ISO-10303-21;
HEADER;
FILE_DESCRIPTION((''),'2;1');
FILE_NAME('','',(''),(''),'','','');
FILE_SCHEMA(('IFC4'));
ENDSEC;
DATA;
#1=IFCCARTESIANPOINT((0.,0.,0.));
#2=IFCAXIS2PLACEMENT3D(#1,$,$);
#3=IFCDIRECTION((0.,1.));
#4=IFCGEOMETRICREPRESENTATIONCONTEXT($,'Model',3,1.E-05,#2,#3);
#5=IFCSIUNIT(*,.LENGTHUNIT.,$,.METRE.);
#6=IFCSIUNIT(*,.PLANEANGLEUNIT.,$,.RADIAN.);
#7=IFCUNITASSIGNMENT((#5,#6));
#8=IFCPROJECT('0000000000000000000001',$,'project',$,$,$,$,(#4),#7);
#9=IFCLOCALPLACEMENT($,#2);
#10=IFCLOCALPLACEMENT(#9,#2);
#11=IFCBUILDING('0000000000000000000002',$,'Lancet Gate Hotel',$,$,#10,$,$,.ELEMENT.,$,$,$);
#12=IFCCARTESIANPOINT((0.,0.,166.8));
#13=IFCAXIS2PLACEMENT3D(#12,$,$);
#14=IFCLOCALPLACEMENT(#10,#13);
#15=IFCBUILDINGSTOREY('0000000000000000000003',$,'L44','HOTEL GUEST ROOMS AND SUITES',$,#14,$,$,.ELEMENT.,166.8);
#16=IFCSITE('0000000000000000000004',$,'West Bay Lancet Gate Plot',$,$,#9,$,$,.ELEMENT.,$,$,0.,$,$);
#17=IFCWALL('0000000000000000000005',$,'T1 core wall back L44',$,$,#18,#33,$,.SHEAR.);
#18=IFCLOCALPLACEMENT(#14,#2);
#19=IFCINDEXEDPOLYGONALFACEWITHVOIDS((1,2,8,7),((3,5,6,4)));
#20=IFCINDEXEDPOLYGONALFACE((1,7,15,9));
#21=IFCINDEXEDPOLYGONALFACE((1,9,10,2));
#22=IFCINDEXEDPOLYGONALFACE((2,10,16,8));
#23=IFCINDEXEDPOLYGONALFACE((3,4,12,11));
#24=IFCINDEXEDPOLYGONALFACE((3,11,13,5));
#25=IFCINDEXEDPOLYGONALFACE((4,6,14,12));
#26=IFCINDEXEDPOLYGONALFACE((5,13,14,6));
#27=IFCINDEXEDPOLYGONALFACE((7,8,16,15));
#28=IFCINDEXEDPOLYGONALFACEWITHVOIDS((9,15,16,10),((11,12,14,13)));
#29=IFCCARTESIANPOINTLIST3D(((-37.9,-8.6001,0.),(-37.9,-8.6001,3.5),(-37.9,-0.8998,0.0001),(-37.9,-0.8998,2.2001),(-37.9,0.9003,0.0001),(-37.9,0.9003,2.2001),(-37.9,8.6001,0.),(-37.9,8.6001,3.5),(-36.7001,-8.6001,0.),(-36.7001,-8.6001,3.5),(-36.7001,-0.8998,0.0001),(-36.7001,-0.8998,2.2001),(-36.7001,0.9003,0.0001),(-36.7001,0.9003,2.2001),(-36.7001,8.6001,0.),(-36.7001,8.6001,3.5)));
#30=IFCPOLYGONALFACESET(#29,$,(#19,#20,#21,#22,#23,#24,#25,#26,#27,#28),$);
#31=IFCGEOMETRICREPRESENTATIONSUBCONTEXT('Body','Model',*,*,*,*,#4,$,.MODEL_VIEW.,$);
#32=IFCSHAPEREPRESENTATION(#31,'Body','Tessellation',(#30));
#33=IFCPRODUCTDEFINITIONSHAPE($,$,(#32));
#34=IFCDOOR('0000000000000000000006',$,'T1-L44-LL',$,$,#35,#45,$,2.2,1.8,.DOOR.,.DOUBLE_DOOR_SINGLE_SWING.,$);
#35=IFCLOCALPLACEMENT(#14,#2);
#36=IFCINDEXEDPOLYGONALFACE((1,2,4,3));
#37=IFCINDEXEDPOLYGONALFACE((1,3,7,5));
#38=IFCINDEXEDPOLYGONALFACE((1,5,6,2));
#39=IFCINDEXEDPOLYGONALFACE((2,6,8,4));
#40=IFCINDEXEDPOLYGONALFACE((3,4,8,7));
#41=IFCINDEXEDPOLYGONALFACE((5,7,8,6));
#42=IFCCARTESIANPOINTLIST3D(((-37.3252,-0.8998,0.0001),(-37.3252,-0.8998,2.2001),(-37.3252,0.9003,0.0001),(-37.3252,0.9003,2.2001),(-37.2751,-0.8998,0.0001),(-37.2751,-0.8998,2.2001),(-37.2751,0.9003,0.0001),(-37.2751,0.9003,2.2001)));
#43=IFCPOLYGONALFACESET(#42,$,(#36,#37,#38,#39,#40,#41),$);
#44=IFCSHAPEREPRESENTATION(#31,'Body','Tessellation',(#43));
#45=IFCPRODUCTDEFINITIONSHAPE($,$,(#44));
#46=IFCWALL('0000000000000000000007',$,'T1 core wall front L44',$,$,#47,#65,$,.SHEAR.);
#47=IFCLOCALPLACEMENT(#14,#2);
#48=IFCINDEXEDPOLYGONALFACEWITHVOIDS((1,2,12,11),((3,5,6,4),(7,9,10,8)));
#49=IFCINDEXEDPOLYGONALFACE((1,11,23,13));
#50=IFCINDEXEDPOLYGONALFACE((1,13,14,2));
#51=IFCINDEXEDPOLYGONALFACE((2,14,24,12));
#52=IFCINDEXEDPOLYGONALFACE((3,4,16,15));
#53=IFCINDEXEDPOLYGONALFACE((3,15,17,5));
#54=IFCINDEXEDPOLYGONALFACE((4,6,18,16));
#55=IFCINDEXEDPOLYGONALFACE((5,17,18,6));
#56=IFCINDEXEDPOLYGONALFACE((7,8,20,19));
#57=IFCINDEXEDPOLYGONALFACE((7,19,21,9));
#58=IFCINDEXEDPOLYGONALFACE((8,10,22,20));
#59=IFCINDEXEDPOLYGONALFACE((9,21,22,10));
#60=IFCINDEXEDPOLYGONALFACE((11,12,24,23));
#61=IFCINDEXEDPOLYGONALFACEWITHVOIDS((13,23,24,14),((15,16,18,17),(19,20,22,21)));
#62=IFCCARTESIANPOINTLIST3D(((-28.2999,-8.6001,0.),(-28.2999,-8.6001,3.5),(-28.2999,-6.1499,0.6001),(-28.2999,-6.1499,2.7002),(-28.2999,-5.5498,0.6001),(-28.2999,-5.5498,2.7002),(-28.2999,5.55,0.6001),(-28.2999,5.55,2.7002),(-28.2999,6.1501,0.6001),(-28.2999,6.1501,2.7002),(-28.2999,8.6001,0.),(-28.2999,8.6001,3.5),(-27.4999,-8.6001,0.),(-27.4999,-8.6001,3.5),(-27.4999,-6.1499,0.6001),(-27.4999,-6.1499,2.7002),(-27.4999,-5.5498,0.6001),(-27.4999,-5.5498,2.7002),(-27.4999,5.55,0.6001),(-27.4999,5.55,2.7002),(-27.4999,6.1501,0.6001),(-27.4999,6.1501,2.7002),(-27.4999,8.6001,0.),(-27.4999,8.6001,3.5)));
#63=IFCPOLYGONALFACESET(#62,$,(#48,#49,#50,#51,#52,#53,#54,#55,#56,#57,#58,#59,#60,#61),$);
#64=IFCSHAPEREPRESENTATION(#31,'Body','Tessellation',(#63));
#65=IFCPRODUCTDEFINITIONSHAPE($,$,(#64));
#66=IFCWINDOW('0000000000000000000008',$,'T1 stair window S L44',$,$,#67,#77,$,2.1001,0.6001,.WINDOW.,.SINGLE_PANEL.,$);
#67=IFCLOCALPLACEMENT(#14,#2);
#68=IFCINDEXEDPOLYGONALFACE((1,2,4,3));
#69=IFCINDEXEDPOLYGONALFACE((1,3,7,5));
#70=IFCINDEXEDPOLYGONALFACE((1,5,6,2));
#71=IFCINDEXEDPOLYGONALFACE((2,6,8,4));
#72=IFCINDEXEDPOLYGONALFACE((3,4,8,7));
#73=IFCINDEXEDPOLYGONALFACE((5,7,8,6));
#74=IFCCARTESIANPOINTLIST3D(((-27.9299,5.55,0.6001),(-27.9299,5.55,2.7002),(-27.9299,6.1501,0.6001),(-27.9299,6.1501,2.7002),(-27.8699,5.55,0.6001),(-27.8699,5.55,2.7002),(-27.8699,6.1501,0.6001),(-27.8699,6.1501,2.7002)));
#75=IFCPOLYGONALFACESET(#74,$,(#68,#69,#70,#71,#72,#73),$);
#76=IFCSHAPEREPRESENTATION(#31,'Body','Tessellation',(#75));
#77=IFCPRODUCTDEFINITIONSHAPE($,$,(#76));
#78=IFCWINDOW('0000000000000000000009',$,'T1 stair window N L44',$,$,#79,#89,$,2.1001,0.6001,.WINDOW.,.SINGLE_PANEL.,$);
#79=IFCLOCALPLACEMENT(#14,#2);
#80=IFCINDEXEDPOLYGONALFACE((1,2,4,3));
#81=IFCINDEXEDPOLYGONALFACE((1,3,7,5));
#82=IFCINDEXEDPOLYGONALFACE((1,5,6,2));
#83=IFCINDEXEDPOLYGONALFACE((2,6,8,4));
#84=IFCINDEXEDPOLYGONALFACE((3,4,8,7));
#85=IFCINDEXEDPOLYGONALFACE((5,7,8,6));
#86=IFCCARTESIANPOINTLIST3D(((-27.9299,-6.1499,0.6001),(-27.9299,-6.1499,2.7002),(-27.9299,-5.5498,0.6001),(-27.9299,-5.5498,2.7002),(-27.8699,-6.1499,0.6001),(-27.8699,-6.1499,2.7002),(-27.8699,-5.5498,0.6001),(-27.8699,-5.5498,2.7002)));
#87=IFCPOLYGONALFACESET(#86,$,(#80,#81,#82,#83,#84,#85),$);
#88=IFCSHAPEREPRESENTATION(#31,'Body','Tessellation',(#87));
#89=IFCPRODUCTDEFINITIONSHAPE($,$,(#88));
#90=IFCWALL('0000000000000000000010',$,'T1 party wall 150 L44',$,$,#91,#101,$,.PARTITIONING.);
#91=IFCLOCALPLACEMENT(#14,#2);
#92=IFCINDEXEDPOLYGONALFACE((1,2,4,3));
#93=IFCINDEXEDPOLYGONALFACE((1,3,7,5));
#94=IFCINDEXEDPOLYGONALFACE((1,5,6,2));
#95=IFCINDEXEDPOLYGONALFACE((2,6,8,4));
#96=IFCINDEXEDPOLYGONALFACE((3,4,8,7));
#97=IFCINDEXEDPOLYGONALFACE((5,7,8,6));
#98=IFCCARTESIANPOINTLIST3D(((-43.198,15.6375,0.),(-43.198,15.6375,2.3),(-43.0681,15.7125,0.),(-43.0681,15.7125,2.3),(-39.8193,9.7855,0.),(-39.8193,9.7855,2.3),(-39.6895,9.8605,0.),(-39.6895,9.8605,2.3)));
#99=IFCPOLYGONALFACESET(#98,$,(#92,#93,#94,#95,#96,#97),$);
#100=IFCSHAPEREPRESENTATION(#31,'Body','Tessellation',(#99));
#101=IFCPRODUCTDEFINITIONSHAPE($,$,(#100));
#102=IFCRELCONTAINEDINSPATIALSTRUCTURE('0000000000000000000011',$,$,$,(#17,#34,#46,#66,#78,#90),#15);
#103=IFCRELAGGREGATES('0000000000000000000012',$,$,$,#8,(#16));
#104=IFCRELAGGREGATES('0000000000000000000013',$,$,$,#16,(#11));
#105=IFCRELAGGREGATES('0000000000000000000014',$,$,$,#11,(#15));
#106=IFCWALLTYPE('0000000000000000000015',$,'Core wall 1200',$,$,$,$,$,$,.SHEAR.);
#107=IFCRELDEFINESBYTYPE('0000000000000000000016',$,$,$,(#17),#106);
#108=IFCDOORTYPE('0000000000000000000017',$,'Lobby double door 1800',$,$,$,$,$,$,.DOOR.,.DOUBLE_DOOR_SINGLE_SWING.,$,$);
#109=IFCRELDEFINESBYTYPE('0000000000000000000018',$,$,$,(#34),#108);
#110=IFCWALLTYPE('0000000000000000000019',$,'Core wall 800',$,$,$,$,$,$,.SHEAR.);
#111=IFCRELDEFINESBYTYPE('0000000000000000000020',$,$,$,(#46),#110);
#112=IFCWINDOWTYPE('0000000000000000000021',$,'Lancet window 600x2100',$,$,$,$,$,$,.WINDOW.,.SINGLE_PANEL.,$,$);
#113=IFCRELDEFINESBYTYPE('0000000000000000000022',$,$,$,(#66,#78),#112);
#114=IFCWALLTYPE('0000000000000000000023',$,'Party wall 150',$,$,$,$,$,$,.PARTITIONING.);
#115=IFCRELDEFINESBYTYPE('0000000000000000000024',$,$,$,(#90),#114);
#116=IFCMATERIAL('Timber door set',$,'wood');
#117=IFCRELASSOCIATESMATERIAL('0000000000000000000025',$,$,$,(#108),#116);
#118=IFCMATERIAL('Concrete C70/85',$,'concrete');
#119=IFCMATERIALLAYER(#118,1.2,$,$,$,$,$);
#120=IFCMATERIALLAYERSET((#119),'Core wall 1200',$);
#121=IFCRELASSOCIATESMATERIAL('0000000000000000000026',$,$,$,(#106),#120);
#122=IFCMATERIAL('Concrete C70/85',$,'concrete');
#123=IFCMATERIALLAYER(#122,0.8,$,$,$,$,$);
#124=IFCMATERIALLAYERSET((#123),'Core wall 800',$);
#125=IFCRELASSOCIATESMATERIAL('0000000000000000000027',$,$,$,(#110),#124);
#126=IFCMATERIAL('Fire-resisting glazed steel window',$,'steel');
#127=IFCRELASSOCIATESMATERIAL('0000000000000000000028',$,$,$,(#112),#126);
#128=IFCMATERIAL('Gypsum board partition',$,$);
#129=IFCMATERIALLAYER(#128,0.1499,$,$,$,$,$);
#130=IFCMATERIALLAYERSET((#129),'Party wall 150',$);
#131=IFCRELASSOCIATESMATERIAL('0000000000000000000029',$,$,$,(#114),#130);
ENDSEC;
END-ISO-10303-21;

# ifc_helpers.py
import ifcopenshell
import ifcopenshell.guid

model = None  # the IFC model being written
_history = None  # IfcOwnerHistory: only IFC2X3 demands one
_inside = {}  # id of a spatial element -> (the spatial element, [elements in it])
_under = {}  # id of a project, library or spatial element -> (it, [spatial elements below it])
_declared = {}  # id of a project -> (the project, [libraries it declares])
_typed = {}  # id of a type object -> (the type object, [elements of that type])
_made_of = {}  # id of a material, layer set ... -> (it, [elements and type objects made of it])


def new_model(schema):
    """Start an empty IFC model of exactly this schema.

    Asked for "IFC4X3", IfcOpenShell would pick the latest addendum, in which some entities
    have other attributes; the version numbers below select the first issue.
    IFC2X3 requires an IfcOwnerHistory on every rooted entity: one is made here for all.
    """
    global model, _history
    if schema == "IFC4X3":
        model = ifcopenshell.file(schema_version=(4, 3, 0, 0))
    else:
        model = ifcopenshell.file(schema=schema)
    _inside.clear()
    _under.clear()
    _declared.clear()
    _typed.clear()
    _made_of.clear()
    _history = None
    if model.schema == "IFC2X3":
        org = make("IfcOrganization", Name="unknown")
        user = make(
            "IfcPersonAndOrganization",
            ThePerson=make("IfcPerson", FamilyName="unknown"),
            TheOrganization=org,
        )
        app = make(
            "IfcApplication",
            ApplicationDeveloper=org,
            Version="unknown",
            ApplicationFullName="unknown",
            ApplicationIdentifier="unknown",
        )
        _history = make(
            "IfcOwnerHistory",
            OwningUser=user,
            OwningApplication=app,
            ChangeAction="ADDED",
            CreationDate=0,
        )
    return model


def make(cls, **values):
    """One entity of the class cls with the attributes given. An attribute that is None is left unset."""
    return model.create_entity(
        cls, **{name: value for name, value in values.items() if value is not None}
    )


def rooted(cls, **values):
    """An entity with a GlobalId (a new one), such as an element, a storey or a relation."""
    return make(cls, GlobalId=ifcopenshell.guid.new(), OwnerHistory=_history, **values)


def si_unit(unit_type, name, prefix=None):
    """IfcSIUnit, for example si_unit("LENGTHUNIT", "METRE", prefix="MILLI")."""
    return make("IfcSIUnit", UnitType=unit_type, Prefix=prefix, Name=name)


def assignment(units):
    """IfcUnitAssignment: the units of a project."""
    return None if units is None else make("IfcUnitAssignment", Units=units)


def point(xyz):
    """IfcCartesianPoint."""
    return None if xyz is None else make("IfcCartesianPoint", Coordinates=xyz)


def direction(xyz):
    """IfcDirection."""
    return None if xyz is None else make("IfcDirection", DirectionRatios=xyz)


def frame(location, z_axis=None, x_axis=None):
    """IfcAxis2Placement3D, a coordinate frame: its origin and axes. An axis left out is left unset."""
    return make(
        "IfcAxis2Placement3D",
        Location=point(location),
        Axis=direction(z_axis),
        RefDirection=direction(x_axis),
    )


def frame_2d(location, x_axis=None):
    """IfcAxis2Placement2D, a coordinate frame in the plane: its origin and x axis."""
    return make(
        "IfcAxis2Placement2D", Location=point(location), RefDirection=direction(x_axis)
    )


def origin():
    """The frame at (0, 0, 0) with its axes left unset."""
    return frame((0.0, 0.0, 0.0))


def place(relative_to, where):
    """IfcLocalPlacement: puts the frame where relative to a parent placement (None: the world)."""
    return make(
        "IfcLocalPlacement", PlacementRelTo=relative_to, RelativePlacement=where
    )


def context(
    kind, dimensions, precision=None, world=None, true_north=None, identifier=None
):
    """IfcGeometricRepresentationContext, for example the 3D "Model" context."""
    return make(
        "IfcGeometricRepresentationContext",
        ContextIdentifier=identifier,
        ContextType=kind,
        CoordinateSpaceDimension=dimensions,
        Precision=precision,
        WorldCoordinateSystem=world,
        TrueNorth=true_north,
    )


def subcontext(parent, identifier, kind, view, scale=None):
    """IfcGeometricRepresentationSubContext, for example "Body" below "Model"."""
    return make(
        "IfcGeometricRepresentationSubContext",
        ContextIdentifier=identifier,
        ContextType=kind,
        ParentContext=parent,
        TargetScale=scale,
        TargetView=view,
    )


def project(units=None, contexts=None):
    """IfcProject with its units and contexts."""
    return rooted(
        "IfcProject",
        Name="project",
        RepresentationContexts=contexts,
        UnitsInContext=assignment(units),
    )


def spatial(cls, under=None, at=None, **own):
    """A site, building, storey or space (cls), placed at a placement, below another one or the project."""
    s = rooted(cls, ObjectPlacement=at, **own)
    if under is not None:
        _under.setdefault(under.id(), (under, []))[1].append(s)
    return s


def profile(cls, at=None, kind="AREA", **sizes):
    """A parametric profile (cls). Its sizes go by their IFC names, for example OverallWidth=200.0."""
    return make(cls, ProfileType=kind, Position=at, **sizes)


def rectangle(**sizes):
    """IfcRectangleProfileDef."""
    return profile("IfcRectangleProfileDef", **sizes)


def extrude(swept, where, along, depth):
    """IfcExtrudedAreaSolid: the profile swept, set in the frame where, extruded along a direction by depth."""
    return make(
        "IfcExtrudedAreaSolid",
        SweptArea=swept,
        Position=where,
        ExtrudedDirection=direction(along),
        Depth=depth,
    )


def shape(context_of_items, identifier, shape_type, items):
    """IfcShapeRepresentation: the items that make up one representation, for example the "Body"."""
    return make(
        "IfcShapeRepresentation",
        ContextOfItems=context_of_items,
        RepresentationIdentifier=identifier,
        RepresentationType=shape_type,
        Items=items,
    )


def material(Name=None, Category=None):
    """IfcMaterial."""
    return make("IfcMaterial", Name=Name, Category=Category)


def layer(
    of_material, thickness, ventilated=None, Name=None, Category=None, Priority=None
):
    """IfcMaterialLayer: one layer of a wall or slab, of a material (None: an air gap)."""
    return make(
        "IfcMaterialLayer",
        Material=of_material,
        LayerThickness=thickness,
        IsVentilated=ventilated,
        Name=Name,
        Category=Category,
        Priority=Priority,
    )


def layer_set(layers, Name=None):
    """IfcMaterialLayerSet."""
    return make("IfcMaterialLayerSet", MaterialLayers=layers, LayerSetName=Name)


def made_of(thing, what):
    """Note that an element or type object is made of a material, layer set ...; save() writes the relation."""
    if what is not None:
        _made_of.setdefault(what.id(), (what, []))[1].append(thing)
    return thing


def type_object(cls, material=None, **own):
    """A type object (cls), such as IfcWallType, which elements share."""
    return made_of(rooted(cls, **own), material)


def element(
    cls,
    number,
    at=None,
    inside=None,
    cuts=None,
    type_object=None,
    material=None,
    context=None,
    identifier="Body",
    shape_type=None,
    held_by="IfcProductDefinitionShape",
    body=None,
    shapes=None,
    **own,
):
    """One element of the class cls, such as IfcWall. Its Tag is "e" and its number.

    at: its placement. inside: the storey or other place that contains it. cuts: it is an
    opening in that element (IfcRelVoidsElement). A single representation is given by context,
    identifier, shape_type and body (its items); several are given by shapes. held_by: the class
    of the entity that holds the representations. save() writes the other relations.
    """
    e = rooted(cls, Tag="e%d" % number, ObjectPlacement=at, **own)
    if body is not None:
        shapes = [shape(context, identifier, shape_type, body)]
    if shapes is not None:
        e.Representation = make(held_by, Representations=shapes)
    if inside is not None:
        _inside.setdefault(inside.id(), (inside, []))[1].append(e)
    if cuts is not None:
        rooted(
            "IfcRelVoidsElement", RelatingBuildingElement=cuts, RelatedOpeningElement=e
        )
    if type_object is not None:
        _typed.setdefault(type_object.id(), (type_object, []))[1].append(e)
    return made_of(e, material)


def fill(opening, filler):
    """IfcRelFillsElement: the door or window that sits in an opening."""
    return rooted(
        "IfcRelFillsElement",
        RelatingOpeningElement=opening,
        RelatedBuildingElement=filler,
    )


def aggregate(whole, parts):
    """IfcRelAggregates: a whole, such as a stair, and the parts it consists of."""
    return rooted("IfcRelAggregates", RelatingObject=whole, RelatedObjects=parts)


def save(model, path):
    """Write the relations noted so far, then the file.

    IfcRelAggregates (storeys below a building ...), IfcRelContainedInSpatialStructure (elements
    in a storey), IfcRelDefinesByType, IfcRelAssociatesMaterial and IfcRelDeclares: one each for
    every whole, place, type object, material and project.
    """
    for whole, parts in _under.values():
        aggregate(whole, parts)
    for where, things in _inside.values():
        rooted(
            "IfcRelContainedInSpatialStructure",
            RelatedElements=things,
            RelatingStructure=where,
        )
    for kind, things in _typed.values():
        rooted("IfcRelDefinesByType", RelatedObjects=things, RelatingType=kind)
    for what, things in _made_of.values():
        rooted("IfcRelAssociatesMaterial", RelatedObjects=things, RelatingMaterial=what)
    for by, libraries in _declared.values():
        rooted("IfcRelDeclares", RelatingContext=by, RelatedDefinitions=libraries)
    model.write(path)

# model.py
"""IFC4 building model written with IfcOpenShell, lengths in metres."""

from ifc_helpers import new_model, si_unit, direction, frame, frame_2d, origin, place, context, subcontext, project, spatial, rectangle, extrude, material, layer, layer_set, type_object, element, fill, save


model = new_model("IFC4")

# Units and contexts
model_context = context("Model", 3, precision=1e-05, world=origin(), true_north=direction((0.0, 1.0)))
body_context = subcontext(model_context, "Body", "Model", "MODEL_VIEW")
ifc_project = project(units=[si_unit("LENGTHUNIT", "METRE"), si_unit("PLANEANGLEUNIT", "RADIAN")], contexts=[model_context])

# Site, building, storey
site_placement = place(None, origin())
site = spatial("IfcSite", under=ifc_project, at=site_placement, Name="West Bay Lancet Gate Plot", CompositionType="ELEMENT", RefElevation=0.0)
building_placement = place(site_placement, origin())
building = spatial("IfcBuilding", under=site, at=building_placement, Name="Lancet Gate Hotel", CompositionType="ELEMENT")
storey_placement = place(building_placement, frame((0.0, 0.0, 166.8)))
storey = spatial("IfcBuildingStorey", under=building, at=storey_placement, Name="L44", Description="HOTEL GUEST ROOMS AND SUITES", CompositionType="ELEMENT", Elevation=166.8)

# Shared definitions
ifc_material_1 = material(Name="Timber door set", Category="wood")
door_type_1 = type_object("IfcDoorType", Name="Lobby double door 1800", OperationType="DOUBLE_DOOR_SINGLE_SWING", PredefinedType="DOOR", material=ifc_material_1)

# Wall, opening, door
ifc_material_2 = material(Name="Concrete C70/85", Category="concrete")
ifc_layer_1 = layer(ifc_material_2, 1.2)
ifc_layer_set_1 = layer_set([ifc_layer_1], Name="Core wall 1200")
wall_type_1 = type_object("IfcWallType", Name="Core wall 1200", PredefinedType="SHEAR", material=ifc_layer_set_1)
wall_1_placement = place(storey_placement, frame((-37.3, 8.6001, 0.0), z_axis=(0.0, 0.0, 1.0), x_axis=(0.0, -1.0, 0.0)))
wall_1 = element("IfcWall", 1, at=wall_1_placement, inside=storey, type_object=wall_type_1, Name="T1 core wall back L44", PredefinedType="SHEAR", context=body_context, shape_type="SweptSolid", body=[
    extrude(rectangle(XDim=17.2002, YDim=1.2, at=frame_2d((8.6001, 0.0))), origin(), (0.0, 0.0, 1.0), 3.5),
])
opening_1_placement = place(wall_1_placement, frame((7.7, 0.0, 0.0)))
opening_1 = element("IfcOpeningElement", 2, at=opening_1_placement, cuts=wall_1, PredefinedType="OPENING", context=body_context, shape_type="SweptSolid", body=[
    extrude(rectangle(XDim=1.8, YDim=2.2, at=frame_2d((0.8999, 1.1001))), frame((0.0, 0.6099, 0.0), z_axis=(0.0, -1.0, 0.0), x_axis=(1.0, 0.0, 0.0)), (0.0, 0.0, 1.0), 1.22),
])
door_1_placement = place(opening_1_placement, origin())
door_1 = element("IfcDoor", 3, at=door_1_placement, inside=storey, type_object=door_type_1, Name="T1-L44-LL", OperationType="DOUBLE_DOOR_SINGLE_SWING", OverallHeight=2.2, OverallWidth=1.8, PredefinedType="DOOR", context=body_context, shape_type="SweptSolid", body=[
    extrude(rectangle(XDim=1.8, YDim=2.2, at=frame_2d((0.8999, 1.1001))), frame((0.0, 0.0249, 0.0), z_axis=(0.0, -1.0, 0.0), x_axis=(1.0, 0.0, 0.0)), (0.0, 0.0, 1.0), 0.05),
])
fill(opening_1, door_1)

# Wall, openings, windows
ifc_material_3 = material(Name="Concrete C70/85", Category="concrete")
ifc_layer_2 = layer(ifc_material_3, 0.8)
ifc_layer_set_2 = layer_set([ifc_layer_2], Name="Core wall 800")
wall_type_2 = type_object("IfcWallType", Name="Core wall 800", PredefinedType="SHEAR", material=ifc_layer_set_2)
wall_2_placement = place(storey_placement, frame((-27.8999, 8.6001, 0.0), z_axis=(0.0, 0.0, 1.0), x_axis=(0.0, -1.0, 0.0)))
wall_2 = element("IfcWall", 4, at=wall_2_placement, inside=storey, type_object=wall_type_2, Name="T1 core wall front L44", PredefinedType="SHEAR", context=body_context, shape_type="SweptSolid", body=[
    extrude(rectangle(XDim=17.2002, YDim=0.8, at=frame_2d((8.6001, 0.0))), origin(), (0.0, 0.0, 1.0), 3.5),
])
opening_2_placement = place(wall_2_placement, frame((2.45, 0.0, 0.6001)))
opening_2 = element("IfcOpeningElement", 5, at=opening_2_placement, cuts=wall_2, PredefinedType="OPENING", context=body_context, shape_type="SweptSolid", body=[
    extrude(rectangle(XDim=0.6001, YDim=2.1001, at=frame_2d((0.3, 1.05))), frame((0.0, 0.4099, 0.0), z_axis=(0.0, -1.0, 0.0), x_axis=(1.0, 0.0, 0.0)), (0.0, 0.0, 1.0), 0.8201),
])
opening_3_placement = place(wall_2_placement, frame((14.1499, 0.0, 0.6001)))
opening_3 = element("IfcOpeningElement", 6, at=opening_3_placement, cuts=wall_2, PredefinedType="OPENING", context=body_context, shape_type="SweptSolid", body=[
    extrude(rectangle(XDim=0.6001, YDim=2.1001, at=frame_2d((0.3, 1.05))), frame((0.0, 0.4099, 0.0), z_axis=(0.0, -1.0, 0.0), x_axis=(1.0, 0.0, 0.0)), (0.0, 0.0, 1.0), 0.8201),
])
ifc_material_4 = material(Name="Fire-resisting glazed steel window", Category="steel")
window_type = type_object("IfcWindowType", Name="Lancet window 600x2100", PartitioningType="SINGLE_PANEL", PredefinedType="WINDOW", material=ifc_material_4)
window_1_placement = place(opening_2_placement, origin())
window_1 = element("IfcWindow", 7, at=window_1_placement, inside=storey, type_object=window_type, Name="T1 stair window S L44", OverallHeight=2.1001, OverallWidth=0.6001, PartitioningType="SINGLE_PANEL", PredefinedType="WINDOW", context=body_context, shape_type="SweptSolid", body=[
    extrude(rectangle(XDim=0.6001, YDim=2.1001, at=frame_2d((0.3, 1.05))), frame((0.0, 0.03, 0.0), z_axis=(0.0, -1.0, 0.0), x_axis=(1.0, 0.0, 0.0)), (0.0, 0.0, 1.0), 0.0601),
])
fill(opening_2, window_1)
window_2_placement = place(opening_3_placement, origin())
window_2 = element("IfcWindow", 8, at=window_2_placement, inside=storey, type_object=window_type, Name="T1 stair window N L44", OverallHeight=2.1001, OverallWidth=0.6001, PartitioningType="SINGLE_PANEL", PredefinedType="WINDOW", context=body_context, shape_type="SweptSolid", body=[
    extrude(rectangle(XDim=0.6001, YDim=2.1001, at=frame_2d((0.3, 1.05))), frame((0.0, 0.03, 0.0), z_axis=(0.0, -1.0, 0.0), x_axis=(1.0, 0.0, 0.0)), (0.0, 0.0, 1.0), 0.0601),
])
fill(opening_3, window_2)

# Wall
ifc_material_5 = material(Name="Gypsum board partition")
ifc_layer_3 = layer(ifc_material_5, 0.1499)
ifc_layer_set_3 = layer_set([ifc_layer_3], Name="Party wall 150")
wall_type_3 = type_object("IfcWallType", Name="Party wall 150", PredefinedType="PARTITIONING", material=ifc_layer_set_3)
wall_3_placement = place(storey_placement, frame((-39.7544, 9.823, 0.0), z_axis=(0.0, 0.0, 1.0), x_axis=(-0.499998, 0.866027, 0.0)))
element("IfcWall", 9, at=wall_3_placement, inside=storey, type_object=wall_type_3, Name="T1 party wall 150 L44", PredefinedType="PARTITIONING", context=body_context, shape_type="SweptSolid", body=[
    extrude(rectangle(XDim=6.7573, YDim=0.1499, at=frame_2d((3.3787, 0.0))), origin(), (0.0, 0.0, 1.0), 2.3),
])

save(model, "model.ifc")
